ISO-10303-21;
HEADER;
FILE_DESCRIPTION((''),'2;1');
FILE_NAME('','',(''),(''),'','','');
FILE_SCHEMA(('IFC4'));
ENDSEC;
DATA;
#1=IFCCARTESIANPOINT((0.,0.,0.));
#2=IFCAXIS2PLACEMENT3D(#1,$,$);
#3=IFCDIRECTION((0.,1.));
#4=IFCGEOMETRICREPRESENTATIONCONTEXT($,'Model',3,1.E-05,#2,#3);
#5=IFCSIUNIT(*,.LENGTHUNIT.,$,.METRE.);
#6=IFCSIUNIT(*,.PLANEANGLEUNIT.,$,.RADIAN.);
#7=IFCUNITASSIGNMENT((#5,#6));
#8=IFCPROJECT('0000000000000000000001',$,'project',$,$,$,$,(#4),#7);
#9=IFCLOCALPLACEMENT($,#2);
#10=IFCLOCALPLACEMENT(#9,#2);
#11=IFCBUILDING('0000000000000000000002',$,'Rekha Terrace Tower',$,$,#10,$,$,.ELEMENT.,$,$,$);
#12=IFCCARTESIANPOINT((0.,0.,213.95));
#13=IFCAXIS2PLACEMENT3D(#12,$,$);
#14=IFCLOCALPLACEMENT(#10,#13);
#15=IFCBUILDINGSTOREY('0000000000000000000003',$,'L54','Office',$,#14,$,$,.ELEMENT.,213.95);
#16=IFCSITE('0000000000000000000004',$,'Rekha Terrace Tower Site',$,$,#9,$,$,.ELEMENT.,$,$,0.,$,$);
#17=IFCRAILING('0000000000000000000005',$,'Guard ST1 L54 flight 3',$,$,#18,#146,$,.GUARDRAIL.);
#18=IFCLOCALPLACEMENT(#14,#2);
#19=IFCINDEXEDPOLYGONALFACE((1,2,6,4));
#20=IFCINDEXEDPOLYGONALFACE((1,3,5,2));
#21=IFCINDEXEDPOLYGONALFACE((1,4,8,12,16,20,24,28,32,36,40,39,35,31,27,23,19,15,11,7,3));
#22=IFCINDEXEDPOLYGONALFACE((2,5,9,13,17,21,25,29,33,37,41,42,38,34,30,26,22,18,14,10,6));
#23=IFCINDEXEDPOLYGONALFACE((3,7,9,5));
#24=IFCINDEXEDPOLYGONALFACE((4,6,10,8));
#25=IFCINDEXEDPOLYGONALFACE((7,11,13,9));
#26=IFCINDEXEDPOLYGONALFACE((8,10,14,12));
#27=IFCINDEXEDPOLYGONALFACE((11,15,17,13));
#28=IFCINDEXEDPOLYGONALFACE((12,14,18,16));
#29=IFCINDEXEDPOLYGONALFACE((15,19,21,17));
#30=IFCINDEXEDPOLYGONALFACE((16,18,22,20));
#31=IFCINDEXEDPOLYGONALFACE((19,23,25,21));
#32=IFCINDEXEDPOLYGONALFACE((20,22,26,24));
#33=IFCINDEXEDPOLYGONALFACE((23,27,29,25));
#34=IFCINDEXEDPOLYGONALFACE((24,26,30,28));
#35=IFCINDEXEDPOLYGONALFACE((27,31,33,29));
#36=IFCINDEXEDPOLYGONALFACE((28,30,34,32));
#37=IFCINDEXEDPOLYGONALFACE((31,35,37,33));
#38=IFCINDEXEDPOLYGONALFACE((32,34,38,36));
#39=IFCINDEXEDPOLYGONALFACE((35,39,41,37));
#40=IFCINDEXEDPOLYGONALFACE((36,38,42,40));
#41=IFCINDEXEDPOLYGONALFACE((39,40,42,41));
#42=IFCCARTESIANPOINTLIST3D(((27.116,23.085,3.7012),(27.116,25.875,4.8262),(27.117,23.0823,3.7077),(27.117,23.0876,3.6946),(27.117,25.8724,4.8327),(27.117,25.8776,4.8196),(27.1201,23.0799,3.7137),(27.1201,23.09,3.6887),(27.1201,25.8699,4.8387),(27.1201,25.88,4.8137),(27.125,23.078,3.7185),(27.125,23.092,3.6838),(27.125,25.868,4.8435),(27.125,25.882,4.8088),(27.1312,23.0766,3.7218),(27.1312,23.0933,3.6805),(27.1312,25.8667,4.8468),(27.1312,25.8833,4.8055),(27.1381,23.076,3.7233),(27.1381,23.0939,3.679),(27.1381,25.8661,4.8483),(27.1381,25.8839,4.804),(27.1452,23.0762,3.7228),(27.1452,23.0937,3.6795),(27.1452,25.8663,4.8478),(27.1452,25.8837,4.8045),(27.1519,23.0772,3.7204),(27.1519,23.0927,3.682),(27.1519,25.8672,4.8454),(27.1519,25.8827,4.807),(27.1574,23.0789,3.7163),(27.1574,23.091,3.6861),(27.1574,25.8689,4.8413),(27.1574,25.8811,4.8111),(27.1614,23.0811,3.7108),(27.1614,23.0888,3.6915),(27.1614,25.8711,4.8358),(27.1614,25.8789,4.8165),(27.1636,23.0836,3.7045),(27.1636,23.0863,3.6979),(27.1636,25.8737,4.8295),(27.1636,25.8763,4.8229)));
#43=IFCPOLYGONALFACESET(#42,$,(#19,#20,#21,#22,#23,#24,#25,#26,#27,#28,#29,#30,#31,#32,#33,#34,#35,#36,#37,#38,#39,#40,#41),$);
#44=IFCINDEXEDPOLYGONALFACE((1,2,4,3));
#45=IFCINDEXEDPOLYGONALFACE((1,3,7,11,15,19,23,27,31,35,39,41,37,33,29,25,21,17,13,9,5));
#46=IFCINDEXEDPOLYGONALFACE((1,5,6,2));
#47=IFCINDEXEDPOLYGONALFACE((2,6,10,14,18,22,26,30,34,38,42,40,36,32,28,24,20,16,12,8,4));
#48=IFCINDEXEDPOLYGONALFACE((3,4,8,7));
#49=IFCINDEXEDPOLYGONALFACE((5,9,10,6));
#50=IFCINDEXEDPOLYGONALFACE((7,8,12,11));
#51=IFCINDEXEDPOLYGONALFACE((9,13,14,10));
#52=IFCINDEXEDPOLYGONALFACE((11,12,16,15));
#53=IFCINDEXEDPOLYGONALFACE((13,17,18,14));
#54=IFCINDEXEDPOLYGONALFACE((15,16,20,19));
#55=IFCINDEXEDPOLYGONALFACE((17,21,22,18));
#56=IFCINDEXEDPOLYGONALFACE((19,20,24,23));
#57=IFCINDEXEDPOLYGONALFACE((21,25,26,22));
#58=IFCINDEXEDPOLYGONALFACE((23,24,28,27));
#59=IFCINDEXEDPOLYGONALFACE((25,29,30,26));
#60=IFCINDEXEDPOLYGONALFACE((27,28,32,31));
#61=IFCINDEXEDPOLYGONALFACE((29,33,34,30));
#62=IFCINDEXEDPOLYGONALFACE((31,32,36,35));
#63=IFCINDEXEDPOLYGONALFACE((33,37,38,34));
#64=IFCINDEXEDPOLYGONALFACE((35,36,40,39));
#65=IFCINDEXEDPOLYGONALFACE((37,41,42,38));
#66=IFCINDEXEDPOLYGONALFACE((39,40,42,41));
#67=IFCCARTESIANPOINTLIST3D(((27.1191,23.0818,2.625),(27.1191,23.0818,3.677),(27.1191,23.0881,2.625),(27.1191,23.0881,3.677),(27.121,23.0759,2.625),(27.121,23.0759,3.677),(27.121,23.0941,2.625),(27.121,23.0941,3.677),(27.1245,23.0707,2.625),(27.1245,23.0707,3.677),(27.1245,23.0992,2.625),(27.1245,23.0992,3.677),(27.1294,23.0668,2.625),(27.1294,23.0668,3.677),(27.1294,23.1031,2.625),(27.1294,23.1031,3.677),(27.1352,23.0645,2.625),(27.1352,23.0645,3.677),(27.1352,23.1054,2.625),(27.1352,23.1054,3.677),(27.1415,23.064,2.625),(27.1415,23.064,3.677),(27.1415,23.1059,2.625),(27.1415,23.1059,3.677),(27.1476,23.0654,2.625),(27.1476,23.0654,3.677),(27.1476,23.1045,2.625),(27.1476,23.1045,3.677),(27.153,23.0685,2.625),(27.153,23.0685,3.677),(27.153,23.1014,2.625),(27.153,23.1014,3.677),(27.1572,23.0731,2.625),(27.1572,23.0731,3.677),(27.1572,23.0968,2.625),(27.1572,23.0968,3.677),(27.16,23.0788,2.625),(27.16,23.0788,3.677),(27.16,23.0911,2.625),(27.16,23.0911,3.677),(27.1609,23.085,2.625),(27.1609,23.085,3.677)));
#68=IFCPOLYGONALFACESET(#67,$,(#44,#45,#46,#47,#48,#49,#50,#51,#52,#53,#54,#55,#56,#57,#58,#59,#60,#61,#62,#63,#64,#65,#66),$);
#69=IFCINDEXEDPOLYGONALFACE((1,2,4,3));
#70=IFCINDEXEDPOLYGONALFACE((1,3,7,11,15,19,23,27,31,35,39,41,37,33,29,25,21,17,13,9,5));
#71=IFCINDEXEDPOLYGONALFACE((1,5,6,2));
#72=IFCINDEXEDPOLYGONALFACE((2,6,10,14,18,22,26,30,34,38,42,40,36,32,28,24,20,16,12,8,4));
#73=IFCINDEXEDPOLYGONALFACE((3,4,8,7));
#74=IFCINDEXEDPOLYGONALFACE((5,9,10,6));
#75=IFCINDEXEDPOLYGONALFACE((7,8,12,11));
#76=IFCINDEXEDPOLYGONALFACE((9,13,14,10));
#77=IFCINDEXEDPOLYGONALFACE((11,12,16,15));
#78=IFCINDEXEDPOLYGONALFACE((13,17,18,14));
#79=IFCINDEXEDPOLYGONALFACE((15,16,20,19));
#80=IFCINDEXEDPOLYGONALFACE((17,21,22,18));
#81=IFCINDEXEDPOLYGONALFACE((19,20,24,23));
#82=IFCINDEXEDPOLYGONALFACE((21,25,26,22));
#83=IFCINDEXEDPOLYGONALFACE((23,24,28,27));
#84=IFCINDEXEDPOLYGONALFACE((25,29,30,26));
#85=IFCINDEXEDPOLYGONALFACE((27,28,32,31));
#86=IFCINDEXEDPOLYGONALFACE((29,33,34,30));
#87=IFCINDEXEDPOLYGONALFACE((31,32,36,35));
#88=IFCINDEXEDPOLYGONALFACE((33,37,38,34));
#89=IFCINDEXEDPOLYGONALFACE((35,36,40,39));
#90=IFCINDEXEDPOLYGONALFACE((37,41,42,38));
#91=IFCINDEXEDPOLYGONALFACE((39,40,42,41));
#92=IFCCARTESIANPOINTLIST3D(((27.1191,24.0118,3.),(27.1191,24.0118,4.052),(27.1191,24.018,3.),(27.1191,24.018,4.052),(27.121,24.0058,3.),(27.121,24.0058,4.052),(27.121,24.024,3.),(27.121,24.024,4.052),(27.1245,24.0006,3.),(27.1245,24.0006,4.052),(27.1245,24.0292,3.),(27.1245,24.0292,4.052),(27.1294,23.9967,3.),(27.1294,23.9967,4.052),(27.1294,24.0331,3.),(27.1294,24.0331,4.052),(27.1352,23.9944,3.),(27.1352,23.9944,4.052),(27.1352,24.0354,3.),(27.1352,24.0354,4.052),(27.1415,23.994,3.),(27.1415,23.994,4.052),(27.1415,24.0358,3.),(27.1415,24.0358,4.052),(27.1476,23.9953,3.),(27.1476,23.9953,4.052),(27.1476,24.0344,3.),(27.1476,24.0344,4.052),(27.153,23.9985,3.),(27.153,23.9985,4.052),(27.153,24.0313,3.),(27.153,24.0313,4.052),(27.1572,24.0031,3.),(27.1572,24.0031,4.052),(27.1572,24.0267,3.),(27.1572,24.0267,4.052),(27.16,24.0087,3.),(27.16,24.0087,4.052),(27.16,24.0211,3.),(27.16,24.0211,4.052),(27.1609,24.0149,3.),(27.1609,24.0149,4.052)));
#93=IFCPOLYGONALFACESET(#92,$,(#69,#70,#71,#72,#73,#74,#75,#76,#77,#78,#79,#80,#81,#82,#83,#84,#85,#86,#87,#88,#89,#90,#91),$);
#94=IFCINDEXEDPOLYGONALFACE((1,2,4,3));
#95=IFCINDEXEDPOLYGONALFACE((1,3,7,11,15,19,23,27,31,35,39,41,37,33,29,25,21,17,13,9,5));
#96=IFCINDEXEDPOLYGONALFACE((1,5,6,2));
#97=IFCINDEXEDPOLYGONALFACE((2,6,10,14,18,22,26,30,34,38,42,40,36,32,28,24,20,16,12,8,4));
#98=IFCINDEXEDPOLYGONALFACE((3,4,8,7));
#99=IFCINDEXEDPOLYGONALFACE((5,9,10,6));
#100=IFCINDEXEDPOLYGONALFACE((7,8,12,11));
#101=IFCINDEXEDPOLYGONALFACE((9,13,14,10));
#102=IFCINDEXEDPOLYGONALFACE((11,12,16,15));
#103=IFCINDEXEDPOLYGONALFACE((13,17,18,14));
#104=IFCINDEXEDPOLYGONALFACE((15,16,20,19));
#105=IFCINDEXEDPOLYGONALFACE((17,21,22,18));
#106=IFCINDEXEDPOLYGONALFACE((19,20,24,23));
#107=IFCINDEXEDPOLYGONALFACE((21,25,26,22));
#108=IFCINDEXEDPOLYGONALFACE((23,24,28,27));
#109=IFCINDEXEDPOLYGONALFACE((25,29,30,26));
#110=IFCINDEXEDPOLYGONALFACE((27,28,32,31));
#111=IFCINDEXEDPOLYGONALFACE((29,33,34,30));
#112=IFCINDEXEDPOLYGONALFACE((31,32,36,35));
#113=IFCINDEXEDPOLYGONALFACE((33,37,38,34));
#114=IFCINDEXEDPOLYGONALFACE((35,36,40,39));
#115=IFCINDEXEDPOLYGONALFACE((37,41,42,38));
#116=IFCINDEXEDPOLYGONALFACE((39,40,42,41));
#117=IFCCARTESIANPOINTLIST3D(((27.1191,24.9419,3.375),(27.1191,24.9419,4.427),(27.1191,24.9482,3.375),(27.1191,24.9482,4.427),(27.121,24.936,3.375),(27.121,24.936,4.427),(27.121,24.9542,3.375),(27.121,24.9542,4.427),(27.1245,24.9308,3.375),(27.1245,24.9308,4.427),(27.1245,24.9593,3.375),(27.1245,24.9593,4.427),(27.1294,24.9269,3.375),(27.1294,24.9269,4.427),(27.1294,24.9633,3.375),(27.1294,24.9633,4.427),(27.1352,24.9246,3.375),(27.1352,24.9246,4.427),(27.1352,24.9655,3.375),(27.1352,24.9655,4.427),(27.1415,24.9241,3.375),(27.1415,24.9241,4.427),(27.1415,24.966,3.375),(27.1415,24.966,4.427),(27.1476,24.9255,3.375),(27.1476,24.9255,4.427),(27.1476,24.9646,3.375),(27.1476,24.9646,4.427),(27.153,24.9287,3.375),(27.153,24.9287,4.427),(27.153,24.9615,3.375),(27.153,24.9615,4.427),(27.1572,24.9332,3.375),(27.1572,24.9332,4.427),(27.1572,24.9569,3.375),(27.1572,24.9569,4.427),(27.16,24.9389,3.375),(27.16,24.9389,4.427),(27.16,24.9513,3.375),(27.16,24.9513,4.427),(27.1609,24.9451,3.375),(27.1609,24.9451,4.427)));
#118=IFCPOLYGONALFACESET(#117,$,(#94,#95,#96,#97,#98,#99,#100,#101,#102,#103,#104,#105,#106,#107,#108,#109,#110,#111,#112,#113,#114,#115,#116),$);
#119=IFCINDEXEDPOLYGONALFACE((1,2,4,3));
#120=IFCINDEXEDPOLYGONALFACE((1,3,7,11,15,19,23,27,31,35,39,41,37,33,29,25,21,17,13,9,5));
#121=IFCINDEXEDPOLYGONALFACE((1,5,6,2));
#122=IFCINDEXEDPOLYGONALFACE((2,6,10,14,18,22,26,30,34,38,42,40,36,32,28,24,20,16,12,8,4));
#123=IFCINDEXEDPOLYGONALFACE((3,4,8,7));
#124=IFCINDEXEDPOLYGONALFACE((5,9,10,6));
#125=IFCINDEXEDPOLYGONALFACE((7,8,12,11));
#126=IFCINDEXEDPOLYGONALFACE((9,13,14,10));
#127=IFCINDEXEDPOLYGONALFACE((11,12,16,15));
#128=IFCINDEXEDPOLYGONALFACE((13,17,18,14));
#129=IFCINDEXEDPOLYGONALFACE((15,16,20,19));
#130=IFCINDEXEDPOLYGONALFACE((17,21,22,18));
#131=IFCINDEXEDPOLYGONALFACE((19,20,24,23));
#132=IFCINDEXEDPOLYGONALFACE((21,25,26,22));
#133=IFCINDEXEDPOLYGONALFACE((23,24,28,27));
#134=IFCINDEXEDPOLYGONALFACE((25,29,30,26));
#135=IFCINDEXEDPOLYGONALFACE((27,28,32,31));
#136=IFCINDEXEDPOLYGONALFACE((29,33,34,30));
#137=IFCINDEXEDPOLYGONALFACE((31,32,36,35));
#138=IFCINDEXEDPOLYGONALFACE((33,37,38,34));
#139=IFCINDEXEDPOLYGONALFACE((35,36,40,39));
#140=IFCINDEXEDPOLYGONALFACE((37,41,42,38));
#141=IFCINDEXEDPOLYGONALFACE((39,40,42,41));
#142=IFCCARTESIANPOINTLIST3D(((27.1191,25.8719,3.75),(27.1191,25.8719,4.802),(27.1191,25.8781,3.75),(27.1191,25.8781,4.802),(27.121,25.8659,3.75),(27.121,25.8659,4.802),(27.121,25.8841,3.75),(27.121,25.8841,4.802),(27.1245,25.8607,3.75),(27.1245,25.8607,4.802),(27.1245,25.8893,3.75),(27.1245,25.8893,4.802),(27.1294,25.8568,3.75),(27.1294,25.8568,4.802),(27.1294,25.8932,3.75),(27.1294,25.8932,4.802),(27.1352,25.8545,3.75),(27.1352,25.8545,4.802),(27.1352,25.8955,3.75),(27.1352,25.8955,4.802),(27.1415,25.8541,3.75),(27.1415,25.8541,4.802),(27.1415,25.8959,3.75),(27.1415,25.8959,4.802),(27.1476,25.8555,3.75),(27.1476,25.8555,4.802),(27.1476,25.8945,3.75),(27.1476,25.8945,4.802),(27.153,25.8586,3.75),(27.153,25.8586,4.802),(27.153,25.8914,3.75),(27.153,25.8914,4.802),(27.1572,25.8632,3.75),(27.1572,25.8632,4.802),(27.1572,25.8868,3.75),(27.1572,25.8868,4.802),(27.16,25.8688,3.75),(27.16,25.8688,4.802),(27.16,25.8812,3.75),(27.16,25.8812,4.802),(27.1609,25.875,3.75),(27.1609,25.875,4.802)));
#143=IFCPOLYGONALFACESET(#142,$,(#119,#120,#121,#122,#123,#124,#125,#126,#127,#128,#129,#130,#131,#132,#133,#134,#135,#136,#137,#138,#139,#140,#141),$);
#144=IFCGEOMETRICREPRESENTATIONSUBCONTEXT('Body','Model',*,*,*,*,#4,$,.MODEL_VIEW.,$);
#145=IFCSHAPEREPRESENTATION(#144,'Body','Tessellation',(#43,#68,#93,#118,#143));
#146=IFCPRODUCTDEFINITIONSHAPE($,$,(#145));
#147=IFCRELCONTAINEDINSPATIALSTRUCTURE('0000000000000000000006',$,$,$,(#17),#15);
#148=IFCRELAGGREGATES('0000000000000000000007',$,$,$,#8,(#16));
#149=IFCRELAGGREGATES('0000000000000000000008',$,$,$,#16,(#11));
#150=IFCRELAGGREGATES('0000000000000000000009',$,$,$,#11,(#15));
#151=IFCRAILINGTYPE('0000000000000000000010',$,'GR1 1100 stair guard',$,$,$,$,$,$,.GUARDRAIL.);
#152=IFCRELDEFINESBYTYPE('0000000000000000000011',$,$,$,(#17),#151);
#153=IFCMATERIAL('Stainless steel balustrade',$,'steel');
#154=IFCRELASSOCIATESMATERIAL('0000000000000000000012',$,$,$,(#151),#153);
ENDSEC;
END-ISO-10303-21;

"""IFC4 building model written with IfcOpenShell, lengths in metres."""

from ifc_helpers import new_model, si_unit, direction, frame, origin, origin_2d, place, context, subcontext, project, spatial, circle, extrude, material, type_object, element, save


model = new_model("IFC4")

# Units and contexts
model_context = context("Model", 3, precision=1e-05, world=origin(), true_north=direction((0.0, 1.0)))
body_context = subcontext(model_context, "Body", "Model", "MODEL_VIEW")
ifc_project = project(units=[si_unit("LENGTHUNIT", "METRE"), si_unit("PLANEANGLEUNIT", "RADIAN")], contexts=[model_context])

# Site, building, storey
site_placement = place(None, origin())
site = spatial("IfcSite", under=ifc_project, at=site_placement, Name="Rekha Terrace Tower Site", CompositionType="ELEMENT", RefElevation=0.0)
building_placement = place(site_placement, origin())
building = spatial("IfcBuilding", under=site, at=building_placement, Name="Rekha Terrace Tower", CompositionType="ELEMENT")
storey_placement = place(building_placement, frame((0.0, 0.0, 213.95)))
storey = spatial("IfcBuildingStorey", under=building, at=storey_placement, Name="L54", Description="Office", CompositionType="ELEMENT", Elevation=213.95)

# Railing
ifc_material_1 = material(Name="Stainless steel balustrade", Category="steel")
railing_type_1 = type_object("IfcRailingType", Name="GR1 1100 stair guard", PredefinedType="GUARDRAIL", material=ifc_material_1)
railing_1_placement = place(storey_placement, frame((27.1399, 23.085, 2.625)))
element("IfcRailing", 1, at=railing_1_placement, inside=storey, type_object=railing_type_1, Name="Guard ST1 L54 flight 3", PredefinedType="GUARDRAIL", context=body_context, shape_type="SweptSolid", body=[
    extrude(circle(Radius=0.0239, at=origin_2d()), frame((0.0, 0.0, 1.0762), z_axis=(0.0, 0.927443, 0.373964), x_axis=(-1.0, 0.0, 0.0)), (0.0, 0.0, 1.0), 3.0083),
    extrude(circle(Radius=0.021, at=origin_2d()), origin(), (0.0, 0.0, 1.0), 1.052),
    extrude(circle(Radius=0.021, at=origin_2d()), frame((0.0, 0.9299, 0.375)), (0.0, 0.0, 1.0), 1.052),
    extrude(circle(Radius=0.021, at=origin_2d()), frame((0.0, 1.8601, 0.75)), (0.0, 0.0, 1.0), 1.052),
    extrude(circle(Radius=0.021, at=origin_2d()), frame((0.0, 2.79, 1.125)), (0.0, 0.0, 1.0), 1.052),
])

save(model, "model.ifc")
